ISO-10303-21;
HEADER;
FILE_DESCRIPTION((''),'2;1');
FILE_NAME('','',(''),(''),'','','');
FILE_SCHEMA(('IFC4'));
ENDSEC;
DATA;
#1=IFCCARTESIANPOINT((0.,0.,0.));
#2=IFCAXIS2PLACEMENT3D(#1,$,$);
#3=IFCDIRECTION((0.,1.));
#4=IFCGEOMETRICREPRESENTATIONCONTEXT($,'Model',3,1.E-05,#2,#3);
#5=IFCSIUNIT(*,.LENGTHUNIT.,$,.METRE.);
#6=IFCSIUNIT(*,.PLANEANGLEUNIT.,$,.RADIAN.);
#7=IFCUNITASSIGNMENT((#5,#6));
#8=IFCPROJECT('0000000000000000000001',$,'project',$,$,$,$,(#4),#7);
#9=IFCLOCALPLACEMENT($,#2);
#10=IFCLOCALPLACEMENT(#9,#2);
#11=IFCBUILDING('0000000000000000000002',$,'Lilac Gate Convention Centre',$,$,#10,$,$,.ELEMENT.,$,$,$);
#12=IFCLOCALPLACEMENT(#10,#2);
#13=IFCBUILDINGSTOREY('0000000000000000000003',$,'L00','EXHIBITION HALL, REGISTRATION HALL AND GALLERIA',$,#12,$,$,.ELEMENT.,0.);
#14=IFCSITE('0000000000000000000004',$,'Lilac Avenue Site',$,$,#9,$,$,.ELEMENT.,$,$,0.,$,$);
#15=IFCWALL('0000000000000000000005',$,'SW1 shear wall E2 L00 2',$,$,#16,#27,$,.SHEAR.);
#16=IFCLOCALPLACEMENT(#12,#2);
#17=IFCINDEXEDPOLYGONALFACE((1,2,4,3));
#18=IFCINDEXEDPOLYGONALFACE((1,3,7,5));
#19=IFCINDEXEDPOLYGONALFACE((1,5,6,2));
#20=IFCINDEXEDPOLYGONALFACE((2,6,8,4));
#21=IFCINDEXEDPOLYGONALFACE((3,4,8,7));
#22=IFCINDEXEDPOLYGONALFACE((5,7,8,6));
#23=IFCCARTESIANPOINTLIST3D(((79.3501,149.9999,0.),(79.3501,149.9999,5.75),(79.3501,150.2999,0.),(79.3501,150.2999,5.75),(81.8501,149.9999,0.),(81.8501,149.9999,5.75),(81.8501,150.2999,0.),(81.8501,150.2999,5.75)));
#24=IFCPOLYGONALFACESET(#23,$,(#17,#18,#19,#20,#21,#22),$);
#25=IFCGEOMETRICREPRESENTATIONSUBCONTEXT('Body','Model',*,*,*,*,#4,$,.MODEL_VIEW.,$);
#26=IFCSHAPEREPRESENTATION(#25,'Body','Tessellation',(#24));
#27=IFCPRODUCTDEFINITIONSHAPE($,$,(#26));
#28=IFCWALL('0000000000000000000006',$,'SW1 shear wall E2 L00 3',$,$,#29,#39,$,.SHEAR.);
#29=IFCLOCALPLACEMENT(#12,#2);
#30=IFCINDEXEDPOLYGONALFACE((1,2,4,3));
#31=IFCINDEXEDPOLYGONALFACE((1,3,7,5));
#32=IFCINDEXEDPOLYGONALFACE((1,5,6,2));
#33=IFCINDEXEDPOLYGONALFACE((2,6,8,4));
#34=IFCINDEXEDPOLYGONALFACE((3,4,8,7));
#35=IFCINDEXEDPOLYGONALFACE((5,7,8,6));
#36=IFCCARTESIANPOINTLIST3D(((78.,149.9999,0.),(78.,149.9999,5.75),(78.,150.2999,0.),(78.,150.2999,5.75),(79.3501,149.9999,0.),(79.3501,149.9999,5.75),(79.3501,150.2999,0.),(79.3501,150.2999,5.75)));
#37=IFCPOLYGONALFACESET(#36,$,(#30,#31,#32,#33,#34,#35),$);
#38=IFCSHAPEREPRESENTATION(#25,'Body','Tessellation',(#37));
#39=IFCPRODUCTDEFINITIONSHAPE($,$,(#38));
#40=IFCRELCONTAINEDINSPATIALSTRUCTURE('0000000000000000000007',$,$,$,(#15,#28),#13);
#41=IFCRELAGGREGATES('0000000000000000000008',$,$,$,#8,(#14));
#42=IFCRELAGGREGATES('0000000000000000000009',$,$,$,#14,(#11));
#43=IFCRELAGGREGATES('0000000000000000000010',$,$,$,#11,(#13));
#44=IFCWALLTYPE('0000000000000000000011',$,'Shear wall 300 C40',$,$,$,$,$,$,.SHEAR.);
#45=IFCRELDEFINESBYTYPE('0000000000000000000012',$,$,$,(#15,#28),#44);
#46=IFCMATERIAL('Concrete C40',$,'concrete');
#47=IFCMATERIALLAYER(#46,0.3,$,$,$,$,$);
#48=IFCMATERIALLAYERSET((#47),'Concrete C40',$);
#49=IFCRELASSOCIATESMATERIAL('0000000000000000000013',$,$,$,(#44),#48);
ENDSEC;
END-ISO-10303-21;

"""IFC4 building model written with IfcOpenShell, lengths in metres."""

from ifc_helpers import new_model, si_unit, direction, frame, frame_2d, origin, place, context, subcontext, project, spatial, rectangle, extrude, material, layer, layer_set, type_object, element, save


model = new_model("IFC4")

# Units and contexts
model_context = context("Model", 3, precision=1e-05, world=origin(), true_north=direction((0.0, 1.0)))
body_context = subcontext(model_context, "Body", "Model", "MODEL_VIEW")
ifc_project = project(units=[si_unit("LENGTHUNIT", "METRE"), si_unit("PLANEANGLEUNIT", "RADIAN")], contexts=[model_context])

# Site, building, storey
site_placement = place(None, origin())
site = spatial("IfcSite", under=ifc_project, at=site_placement, Name="Lilac Avenue Site", CompositionType="ELEMENT", RefElevation=0.0)
building_placement = place(site_placement, origin())
building = spatial("IfcBuilding", under=site, at=building_placement, Name="Lilac Gate Convention Centre", CompositionType="ELEMENT")
storey_placement = place(building_placement, origin())
storey = spatial("IfcBuildingStorey", under=building, at=storey_placement, Name="L00", Description="EXHIBITION HALL, REGISTRATION HALL AND GALLERIA", CompositionType="ELEMENT", Elevation=0.0)

# Shared definitions
ifc_material_1 = material(Name="Concrete C40", Category="concrete")

# Shared definitions
ifc_layer_1 = layer(ifc_material_1, 0.3)
ifc_layer_set_1 = layer_set([ifc_layer_1], Name="Concrete C40")
wall_type_1 = type_object("IfcWallType", Name="Shear wall 300 C40", PredefinedType="SHEAR", material=ifc_layer_set_1)

# Walls
wall_1_placement = place(storey_placement, frame((81.8501, 150.1499, 0.0), z_axis=(0.0, 0.0, 1.0), x_axis=(-1.0, 0.0, 0.0)))
element("IfcWall", 1, at=wall_1_placement, inside=storey, type_object=wall_type_1, Name="SW1 shear wall E2 L00 2", PredefinedType="SHEAR", context=body_context, shape_type="SweptSolid", body=[
    extrude(rectangle(XDim=2.5, YDim=0.3, at=frame_2d((1.25, 0.0))), origin(), (0.0, 0.0, 1.0), 5.75),
])
wall_2_placement = place(storey_placement, frame((79.3501, 150.1499, 0.0), z_axis=(0.0, 0.0, 1.0), x_axis=(-1.0, 0.0, 0.0)))
element("IfcWall", 2, at=wall_2_placement, inside=storey, type_object=wall_type_1, Name="SW1 shear wall E2 L00 3", PredefinedType="SHEAR", context=body_context, shape_type="SweptSolid", body=[
    extrude(rectangle(XDim=1.3501, YDim=0.3, at=frame_2d((0.675, 0.0))), origin(), (0.0, 0.0, 1.0), 5.75),
])

save(model, "model.ifc")
